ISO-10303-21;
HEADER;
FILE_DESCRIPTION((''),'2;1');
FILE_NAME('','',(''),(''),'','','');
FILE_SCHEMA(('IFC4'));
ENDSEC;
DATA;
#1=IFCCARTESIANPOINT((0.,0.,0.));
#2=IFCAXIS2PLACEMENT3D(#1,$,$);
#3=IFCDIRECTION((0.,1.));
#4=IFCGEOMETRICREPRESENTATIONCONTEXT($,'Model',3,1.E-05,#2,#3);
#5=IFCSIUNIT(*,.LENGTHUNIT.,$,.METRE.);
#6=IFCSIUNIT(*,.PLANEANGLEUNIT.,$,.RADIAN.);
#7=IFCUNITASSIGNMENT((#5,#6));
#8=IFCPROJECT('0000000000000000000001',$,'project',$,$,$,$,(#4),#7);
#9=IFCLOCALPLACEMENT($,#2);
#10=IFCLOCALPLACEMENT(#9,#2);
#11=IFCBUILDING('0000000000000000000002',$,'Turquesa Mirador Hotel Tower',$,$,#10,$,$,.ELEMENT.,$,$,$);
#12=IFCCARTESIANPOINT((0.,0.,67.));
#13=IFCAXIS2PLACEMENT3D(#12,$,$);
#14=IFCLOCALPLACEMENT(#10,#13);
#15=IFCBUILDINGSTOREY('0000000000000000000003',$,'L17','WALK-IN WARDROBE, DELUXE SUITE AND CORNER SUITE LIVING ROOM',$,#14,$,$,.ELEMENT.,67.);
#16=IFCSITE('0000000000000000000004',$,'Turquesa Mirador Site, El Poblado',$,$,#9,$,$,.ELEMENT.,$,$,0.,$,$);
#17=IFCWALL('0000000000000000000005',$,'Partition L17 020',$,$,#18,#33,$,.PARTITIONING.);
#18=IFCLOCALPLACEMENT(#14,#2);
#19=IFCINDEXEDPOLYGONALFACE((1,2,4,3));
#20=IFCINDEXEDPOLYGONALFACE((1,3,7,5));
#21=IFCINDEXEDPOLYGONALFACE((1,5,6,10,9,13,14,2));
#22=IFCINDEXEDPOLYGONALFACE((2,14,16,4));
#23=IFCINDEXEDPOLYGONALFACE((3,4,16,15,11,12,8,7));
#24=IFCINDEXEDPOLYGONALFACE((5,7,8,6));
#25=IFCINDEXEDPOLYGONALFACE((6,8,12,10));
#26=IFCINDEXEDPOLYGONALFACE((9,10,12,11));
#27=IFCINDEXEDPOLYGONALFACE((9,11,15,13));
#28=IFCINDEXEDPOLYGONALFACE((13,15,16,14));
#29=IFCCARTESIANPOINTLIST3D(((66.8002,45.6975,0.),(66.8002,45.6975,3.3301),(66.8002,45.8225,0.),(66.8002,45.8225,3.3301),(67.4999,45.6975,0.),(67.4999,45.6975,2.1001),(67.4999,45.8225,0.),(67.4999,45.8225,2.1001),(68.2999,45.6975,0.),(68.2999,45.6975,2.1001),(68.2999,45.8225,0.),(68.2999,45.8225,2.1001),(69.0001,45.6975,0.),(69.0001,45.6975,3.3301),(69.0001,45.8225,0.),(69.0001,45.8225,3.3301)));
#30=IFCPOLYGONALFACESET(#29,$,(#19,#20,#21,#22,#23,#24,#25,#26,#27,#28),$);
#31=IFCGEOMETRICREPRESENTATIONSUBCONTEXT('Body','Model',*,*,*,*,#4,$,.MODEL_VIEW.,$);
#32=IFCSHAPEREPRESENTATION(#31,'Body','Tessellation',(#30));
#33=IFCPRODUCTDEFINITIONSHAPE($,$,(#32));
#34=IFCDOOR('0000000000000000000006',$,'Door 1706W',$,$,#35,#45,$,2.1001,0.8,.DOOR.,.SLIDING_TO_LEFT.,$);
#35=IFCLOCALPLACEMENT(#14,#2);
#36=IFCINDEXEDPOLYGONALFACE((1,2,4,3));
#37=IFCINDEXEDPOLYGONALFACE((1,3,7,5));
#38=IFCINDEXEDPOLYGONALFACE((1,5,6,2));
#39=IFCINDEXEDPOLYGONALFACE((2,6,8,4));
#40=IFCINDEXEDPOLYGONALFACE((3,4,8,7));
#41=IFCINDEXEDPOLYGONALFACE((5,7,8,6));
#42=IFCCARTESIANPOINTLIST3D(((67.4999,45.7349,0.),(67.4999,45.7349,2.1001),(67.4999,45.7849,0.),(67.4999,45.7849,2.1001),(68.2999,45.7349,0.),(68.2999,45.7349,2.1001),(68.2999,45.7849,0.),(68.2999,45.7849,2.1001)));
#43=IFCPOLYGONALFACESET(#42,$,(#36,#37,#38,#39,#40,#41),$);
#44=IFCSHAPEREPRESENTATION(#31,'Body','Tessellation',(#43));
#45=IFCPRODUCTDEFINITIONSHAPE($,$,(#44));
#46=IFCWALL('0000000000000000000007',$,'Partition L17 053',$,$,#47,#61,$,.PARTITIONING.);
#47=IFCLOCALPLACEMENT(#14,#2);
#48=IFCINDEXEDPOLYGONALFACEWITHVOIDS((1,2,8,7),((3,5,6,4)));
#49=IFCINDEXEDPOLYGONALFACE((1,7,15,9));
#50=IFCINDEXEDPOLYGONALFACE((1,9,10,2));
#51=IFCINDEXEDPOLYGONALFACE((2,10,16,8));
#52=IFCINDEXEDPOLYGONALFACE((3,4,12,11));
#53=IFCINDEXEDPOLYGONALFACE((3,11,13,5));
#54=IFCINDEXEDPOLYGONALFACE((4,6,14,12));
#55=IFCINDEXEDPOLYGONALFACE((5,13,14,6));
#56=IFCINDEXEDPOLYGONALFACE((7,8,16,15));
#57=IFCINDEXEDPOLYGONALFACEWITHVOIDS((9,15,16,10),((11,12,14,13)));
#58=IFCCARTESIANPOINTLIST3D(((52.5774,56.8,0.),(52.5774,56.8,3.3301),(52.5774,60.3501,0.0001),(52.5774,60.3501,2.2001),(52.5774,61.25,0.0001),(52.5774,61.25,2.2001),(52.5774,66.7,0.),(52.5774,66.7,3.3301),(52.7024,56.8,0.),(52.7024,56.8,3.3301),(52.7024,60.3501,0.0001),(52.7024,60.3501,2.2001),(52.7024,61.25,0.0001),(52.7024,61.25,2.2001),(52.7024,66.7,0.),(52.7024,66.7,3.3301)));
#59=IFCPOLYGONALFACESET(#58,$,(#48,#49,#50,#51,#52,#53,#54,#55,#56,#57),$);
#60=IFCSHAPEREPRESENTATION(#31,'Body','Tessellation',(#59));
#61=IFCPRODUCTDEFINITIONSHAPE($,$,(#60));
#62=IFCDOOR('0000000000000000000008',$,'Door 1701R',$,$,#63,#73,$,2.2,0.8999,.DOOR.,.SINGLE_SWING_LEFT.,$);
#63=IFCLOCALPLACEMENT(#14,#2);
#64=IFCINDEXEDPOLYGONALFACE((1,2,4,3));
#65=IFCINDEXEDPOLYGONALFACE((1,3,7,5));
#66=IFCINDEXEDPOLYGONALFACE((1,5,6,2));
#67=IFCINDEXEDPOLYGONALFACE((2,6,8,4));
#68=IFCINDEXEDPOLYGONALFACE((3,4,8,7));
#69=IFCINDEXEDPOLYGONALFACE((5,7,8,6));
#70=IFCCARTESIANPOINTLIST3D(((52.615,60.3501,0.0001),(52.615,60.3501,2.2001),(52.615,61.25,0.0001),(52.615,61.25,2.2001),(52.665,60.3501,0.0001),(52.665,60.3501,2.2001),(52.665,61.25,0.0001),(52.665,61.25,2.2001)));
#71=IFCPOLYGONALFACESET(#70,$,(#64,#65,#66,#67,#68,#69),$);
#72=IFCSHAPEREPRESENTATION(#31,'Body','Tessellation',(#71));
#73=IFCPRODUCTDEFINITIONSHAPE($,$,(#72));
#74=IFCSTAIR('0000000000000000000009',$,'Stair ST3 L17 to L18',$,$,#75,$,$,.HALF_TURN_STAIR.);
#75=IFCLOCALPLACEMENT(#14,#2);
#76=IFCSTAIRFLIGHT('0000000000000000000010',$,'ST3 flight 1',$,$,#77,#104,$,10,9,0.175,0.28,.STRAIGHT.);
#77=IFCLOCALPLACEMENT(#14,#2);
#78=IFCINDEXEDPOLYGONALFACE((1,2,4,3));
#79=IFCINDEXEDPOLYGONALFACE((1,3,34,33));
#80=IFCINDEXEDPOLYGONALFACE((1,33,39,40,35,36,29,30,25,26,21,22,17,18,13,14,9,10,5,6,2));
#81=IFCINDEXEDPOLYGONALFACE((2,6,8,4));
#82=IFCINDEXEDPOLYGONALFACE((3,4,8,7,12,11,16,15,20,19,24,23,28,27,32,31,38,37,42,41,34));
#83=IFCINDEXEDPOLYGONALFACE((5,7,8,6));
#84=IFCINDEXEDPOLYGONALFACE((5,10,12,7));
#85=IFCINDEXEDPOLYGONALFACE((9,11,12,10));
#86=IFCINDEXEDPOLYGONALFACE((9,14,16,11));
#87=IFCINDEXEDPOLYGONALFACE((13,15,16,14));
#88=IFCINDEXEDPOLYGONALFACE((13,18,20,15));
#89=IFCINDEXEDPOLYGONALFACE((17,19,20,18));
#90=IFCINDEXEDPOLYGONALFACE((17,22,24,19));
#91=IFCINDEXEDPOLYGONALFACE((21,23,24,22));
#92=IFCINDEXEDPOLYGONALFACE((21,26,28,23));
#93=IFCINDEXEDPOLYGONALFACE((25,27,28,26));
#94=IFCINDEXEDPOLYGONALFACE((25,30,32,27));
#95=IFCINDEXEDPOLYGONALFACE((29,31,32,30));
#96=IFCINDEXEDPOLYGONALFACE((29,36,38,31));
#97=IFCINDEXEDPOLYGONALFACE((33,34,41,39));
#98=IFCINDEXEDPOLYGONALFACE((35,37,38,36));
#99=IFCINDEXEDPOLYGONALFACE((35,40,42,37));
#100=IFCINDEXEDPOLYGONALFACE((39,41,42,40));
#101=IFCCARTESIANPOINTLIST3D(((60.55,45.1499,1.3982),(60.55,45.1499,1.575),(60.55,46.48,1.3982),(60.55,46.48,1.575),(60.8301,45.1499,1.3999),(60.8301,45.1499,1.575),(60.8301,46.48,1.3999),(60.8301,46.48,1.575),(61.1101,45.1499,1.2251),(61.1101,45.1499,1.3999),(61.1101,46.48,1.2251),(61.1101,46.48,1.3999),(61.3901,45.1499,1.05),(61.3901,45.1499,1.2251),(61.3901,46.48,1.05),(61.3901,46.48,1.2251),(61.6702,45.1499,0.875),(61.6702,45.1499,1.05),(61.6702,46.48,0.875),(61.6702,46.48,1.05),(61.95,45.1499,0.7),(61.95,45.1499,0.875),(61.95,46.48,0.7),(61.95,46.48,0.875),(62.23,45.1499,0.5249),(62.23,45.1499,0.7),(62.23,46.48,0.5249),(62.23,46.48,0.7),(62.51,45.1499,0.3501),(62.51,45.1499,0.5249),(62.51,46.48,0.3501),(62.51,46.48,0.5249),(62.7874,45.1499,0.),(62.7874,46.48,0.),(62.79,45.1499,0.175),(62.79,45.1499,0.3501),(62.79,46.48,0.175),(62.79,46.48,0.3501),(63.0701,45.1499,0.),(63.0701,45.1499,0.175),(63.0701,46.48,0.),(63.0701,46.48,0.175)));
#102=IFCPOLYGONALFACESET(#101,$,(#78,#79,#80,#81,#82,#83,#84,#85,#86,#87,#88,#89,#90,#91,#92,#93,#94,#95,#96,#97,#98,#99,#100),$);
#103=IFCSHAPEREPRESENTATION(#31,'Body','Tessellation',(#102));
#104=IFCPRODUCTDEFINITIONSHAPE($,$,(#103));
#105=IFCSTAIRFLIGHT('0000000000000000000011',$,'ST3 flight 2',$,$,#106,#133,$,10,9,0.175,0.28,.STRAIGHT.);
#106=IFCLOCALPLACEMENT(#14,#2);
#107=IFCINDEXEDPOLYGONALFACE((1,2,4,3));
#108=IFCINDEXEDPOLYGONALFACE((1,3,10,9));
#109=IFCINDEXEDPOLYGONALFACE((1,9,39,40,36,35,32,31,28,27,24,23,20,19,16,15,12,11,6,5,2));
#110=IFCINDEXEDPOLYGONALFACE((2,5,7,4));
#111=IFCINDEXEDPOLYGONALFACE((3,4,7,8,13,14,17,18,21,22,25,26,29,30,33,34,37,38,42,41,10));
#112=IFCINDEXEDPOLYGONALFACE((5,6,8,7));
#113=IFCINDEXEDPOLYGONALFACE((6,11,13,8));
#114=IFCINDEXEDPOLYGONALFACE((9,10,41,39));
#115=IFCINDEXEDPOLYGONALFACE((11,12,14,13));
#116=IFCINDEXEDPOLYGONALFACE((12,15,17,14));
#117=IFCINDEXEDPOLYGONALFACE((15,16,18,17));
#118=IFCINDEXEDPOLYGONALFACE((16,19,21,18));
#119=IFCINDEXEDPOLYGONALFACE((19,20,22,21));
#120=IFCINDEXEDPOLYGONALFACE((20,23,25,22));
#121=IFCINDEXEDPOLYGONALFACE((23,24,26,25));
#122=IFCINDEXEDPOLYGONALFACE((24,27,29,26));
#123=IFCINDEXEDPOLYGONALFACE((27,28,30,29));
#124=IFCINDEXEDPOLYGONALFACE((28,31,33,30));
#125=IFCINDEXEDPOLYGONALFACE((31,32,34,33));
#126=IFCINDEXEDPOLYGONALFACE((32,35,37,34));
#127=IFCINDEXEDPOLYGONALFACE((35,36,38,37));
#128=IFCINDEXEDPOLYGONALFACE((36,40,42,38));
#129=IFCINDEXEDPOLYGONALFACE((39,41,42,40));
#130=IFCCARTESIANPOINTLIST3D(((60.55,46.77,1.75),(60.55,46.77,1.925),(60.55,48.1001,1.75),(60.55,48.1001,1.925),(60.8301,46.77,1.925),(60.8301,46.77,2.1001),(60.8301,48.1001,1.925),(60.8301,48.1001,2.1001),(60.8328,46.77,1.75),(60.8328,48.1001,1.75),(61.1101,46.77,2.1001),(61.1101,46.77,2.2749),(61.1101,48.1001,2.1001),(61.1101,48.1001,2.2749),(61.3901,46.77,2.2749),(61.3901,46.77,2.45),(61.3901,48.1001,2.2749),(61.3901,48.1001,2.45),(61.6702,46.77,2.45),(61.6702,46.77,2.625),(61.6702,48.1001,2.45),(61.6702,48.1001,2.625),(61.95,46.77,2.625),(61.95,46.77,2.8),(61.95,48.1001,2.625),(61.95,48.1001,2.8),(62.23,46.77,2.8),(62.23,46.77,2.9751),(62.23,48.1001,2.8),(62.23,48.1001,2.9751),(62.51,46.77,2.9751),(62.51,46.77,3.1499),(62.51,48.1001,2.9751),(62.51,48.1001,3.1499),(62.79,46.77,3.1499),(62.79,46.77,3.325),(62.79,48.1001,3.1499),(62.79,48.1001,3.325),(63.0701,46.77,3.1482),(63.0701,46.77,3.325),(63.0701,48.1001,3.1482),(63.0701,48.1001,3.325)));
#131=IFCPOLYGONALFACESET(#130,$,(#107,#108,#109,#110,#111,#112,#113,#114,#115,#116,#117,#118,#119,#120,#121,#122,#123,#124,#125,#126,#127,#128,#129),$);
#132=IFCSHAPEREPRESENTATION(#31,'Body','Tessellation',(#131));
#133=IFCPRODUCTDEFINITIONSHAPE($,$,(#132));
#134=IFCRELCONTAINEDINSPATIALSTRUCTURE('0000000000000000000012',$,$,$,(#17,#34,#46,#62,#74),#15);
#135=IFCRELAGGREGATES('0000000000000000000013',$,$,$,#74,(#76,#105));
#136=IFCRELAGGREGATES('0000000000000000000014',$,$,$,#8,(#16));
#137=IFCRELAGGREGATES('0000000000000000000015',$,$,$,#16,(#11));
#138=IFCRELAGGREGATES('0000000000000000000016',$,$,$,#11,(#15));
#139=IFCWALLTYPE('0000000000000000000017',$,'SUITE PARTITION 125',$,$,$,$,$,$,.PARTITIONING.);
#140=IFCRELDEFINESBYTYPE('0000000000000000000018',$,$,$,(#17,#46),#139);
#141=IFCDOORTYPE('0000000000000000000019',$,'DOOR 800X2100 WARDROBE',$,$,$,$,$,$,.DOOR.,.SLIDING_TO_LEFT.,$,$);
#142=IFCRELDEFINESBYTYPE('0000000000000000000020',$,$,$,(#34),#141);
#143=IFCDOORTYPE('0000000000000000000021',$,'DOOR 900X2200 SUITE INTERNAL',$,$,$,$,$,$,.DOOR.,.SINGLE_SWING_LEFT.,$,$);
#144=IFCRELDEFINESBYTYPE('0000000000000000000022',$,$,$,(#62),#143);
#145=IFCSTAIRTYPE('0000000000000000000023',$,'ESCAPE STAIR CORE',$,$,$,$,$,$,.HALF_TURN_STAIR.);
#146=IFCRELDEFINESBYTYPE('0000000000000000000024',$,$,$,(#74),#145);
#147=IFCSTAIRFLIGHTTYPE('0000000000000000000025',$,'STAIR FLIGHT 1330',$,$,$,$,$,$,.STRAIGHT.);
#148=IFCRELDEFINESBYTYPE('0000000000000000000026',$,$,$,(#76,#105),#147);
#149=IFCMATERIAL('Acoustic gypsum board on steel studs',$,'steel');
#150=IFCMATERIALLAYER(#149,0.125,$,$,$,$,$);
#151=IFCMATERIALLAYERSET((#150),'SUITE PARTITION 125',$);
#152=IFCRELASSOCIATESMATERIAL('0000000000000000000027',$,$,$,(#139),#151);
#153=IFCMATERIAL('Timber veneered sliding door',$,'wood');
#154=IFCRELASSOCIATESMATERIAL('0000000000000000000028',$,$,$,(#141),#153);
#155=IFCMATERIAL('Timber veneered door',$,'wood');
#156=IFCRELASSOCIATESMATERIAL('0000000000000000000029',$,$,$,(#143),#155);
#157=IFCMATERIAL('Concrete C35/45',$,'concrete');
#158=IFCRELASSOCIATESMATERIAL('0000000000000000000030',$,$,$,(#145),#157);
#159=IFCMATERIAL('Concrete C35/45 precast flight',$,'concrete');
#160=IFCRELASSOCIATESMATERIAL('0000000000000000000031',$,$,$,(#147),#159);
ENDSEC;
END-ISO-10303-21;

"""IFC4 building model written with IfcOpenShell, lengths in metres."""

from ifc_helpers import new_model, si_unit, direction, frame, frame_2d, origin, place, context, subcontext, project, spatial, polyline, rectangle, outline, extrude, material, layer, layer_set, type_object, element, fill, aggregate, save


model = new_model("IFC4")

# Units and contexts
model_context = context("Model", 3, precision=1e-05, world=origin(), true_north=direction((0.0, 1.0)))
body_context = subcontext(model_context, "Body", "Model", "MODEL_VIEW")
ifc_project = project(units=[si_unit("LENGTHUNIT", "METRE"), si_unit("PLANEANGLEUNIT", "RADIAN")], contexts=[model_context])

# Site, building, storey
site_placement = place(None, origin())
site = spatial("IfcSite", under=ifc_project, at=site_placement, Name="Turquesa Mirador Site, El Poblado", CompositionType="ELEMENT", RefElevation=0.0)
building_placement = place(site_placement, origin())
building = spatial("IfcBuilding", under=site, at=building_placement, Name="Turquesa Mirador Hotel Tower", CompositionType="ELEMENT")
storey_placement = place(building_placement, frame((0.0, 0.0, 67.0)))
storey = spatial("IfcBuildingStorey", under=building, at=storey_placement, Name="L17", Description="WALK-IN WARDROBE, DELUXE SUITE AND CORNER SUITE LIVING ROOM", CompositionType="ELEMENT", Elevation=67.0)

# Walls, openings, doors
ifc_material_1 = material(Name="Acoustic gypsum board on steel studs", Category="steel")
ifc_layer_1 = layer(ifc_material_1, 0.125)
ifc_layer_set_1 = layer_set([ifc_layer_1], Name="SUITE PARTITION 125")
wall_type_1 = type_object("IfcWallType", Name="SUITE PARTITION 125", PredefinedType="PARTITIONING", material=ifc_layer_set_1)
wall_1_placement = place(storey_placement, frame((66.8, 45.76, 0.0), z_axis=(0.0, 0.0, 1.0), x_axis=(1.0, 0.0, 0.0)))
wall_1 = element("IfcWall", 1, at=wall_1_placement, inside=storey, type_object=wall_type_1, Name="Partition L17 020", PredefinedType="PARTITIONING", context=body_context, shape_type="SweptSolid", body=[
    extrude(rectangle(XDim=2.2, YDim=0.125, at=frame_2d((1.1001, 0.0))), origin(), (0.0, 0.0, 1.0), 3.3301),
])
opening_1_placement = place(wall_1_placement, frame((0.7, 0.0, 0.0)))
opening_1 = element("IfcOpeningElement", 2, at=opening_1_placement, cuts=wall_1, PredefinedType="OPENING", context=body_context, shape_type="SweptSolid", body=[
    extrude(rectangle(XDim=0.8, YDim=2.1001, at=frame_2d((0.3999, 1.05))), frame((0.0, 0.0725, 0.0), z_axis=(0.0, -1.0, 0.0), x_axis=(1.0, 0.0, 0.0)), (0.0, 0.0, 1.0), 0.145),
])
ifc_material_2 = material(Name="Timber veneered sliding door", Category="wood")
door_type_1 = type_object("IfcDoorType", Name="DOOR 800X2100 WARDROBE", OperationType="SLIDING_TO_LEFT", PredefinedType="DOOR", material=ifc_material_2)
door_1_placement = place(opening_1_placement, origin())
door_1 = element("IfcDoor", 3, at=door_1_placement, inside=storey, type_object=door_type_1, Name="Door 1706W", OperationType="SLIDING_TO_LEFT", OverallHeight=2.1001, OverallWidth=0.8, PredefinedType="DOOR", context=body_context, shape_type="SweptSolid", body=[
    extrude(rectangle(XDim=0.8, YDim=2.1001, at=frame_2d((0.3999, 1.05))), frame((0.0, 0.0249, 0.0), z_axis=(0.0, -1.0, 0.0), x_axis=(1.0, 0.0, 0.0)), (0.0, 0.0, 1.0), 0.05),
])
fill(opening_1, door_1)
wall_2_placement = place(storey_placement, frame((52.6399, 56.8, 0.0), z_axis=(0.0, 0.0, 1.0), x_axis=(0.0, 1.0, 0.0)))
wall_2 = element("IfcWall", 4, at=wall_2_placement, inside=storey, type_object=wall_type_1, Name="Partition L17 053", PredefinedType="PARTITIONING", context=body_context, shape_type="SweptSolid", body=[
    extrude(rectangle(XDim=9.8999, YDim=0.125, at=frame_2d((4.95, 0.0))), origin(), (0.0, 0.0, 1.0), 3.3301),
])
opening_2_placement = place(wall_2_placement, frame((3.55, 0.0, 0.0)))
opening_2 = element("IfcOpeningElement", 5, at=opening_2_placement, cuts=wall_2, PredefinedType="OPENING", context=body_context, shape_type="SweptSolid", body=[
    extrude(rectangle(XDim=0.8999, YDim=2.2, at=frame_2d((0.45, 1.1001))), frame((0.0, 0.0725, 0.0), z_axis=(0.0, -1.0, 0.0), x_axis=(1.0, 0.0, 0.0)), (0.0, 0.0, 1.0), 0.145),
])
ifc_material_3 = material(Name="Timber veneered door", Category="wood")
door_type_2 = type_object("IfcDoorType", Name="DOOR 900X2200 SUITE INTERNAL", OperationType="SINGLE_SWING_LEFT", PredefinedType="DOOR", material=ifc_material_3)
door_2_placement = place(opening_2_placement, origin())
door_2 = element("IfcDoor", 6, at=door_2_placement, inside=storey, type_object=door_type_2, Name="Door 1701R", OperationType="SINGLE_SWING_LEFT", OverallHeight=2.2, OverallWidth=0.8999, PredefinedType="DOOR", context=body_context, shape_type="SweptSolid", body=[
    extrude(rectangle(XDim=0.8999, YDim=2.2, at=frame_2d((0.45, 1.1001))), frame((0.0, 0.0249, 0.0), z_axis=(0.0, -1.0, 0.0), x_axis=(1.0, 0.0, 0.0)), (0.0, 0.0, 1.0), 0.05),
])
fill(opening_2, door_2)

# Stair, stair flights
ifc_material_4 = material(Name="Concrete C35/45", Category="concrete")
stair_type = type_object("IfcStairType", Name="ESCAPE STAIR CORE", PredefinedType="HALF_TURN_STAIR", material=ifc_material_4)
stair_placement = place(storey_placement, origin())
stair = element("IfcStair", 7, at=stair_placement, inside=storey, type_object=stair_type, Name="Stair ST3 L17 to L18", PredefinedType="HALF_TURN_STAIR")
ifc_material_5 = material(Name="Concrete C35/45 precast flight", Category="concrete")
stair_flight_type = type_object("IfcStairFlightType", Name="STAIR FLIGHT 1330", PredefinedType="STRAIGHT", material=ifc_material_5)
stair_flight_1_placement = place(storey_placement, frame((63.0701, 45.8149, 0.0), z_axis=(0.0, 0.0, 1.0), x_axis=(-1.0, 0.0, 0.0)))
stair_flight_1 = element("IfcStairFlight", 8, at=stair_flight_1_placement, type_object=stair_flight_type, Name="ST3 flight 1", NumberOfRisers=10, NumberOfTreads=9, PredefinedType="STRAIGHT", RiserHeight=0.175, TreadLength=0.28, context=body_context, shape_type="SweptSolid", body=[
    extrude(outline(polyline([(0.0, 0.0), (0.0, 0.175), (0.28, 0.175), (0.28, 0.3501), (0.5601, 0.3501), (0.5601, 0.5249), (0.8401, 0.5249), (0.8401, 0.7), (1.1201, 0.7), (1.1201, 0.875), (1.3999, 0.875), (1.3999, 1.05), (1.6799, 1.05), (1.6799, 1.2251), (1.96, 1.2251), (1.96, 1.3999), (2.24, 1.3999), (2.24, 1.575), (2.52, 1.575), (2.52, 1.75), (2.52, 1.3982), (0.2827, 0.0), (0.0, 0.0)])), frame((0.0, 0.665, 0.0), z_axis=(0.0, -1.0, 0.0), x_axis=(1.0, 0.0, 0.0)), (0.0, 0.0, 1.0), 1.3301),
])
stair_flight_2_placement = place(storey_placement, frame((60.55, 47.4351, 1.75), z_axis=(0.0, 0.0, 1.0), x_axis=(1.0, 0.0, 0.0)))
stair_flight_2 = element("IfcStairFlight", 9, at=stair_flight_2_placement, type_object=stair_flight_type, Name="ST3 flight 2", NumberOfRisers=10, NumberOfTreads=9, PredefinedType="STRAIGHT", RiserHeight=0.175, TreadLength=0.28, context=body_context, shape_type="SweptSolid", body=[
    extrude(outline(polyline([(0.0, 0.0), (0.0, 0.175), (0.28, 0.175), (0.28, 0.3501), (0.5601, 0.3501), (0.5601, 0.5249), (0.8401, 0.5249), (0.8401, 0.7), (1.1201, 0.7), (1.1201, 0.875), (1.3999, 0.875), (1.3999, 1.05), (1.6799, 1.05), (1.6799, 1.2251), (1.96, 1.2251), (1.96, 1.3999), (2.24, 1.3999), (2.24, 1.575), (2.52, 1.575), (2.52, 1.75), (2.52, 1.3982), (0.2827, 0.0), (0.0, 0.0)])), frame((0.0, 0.665, 0.0), z_axis=(0.0, -1.0, 0.0), x_axis=(1.0, 0.0, 0.0)), (0.0, 0.0, 1.0), 1.3301),
])
aggregate(stair, [stair_flight_1, stair_flight_2])

save(model, "model.ifc")
